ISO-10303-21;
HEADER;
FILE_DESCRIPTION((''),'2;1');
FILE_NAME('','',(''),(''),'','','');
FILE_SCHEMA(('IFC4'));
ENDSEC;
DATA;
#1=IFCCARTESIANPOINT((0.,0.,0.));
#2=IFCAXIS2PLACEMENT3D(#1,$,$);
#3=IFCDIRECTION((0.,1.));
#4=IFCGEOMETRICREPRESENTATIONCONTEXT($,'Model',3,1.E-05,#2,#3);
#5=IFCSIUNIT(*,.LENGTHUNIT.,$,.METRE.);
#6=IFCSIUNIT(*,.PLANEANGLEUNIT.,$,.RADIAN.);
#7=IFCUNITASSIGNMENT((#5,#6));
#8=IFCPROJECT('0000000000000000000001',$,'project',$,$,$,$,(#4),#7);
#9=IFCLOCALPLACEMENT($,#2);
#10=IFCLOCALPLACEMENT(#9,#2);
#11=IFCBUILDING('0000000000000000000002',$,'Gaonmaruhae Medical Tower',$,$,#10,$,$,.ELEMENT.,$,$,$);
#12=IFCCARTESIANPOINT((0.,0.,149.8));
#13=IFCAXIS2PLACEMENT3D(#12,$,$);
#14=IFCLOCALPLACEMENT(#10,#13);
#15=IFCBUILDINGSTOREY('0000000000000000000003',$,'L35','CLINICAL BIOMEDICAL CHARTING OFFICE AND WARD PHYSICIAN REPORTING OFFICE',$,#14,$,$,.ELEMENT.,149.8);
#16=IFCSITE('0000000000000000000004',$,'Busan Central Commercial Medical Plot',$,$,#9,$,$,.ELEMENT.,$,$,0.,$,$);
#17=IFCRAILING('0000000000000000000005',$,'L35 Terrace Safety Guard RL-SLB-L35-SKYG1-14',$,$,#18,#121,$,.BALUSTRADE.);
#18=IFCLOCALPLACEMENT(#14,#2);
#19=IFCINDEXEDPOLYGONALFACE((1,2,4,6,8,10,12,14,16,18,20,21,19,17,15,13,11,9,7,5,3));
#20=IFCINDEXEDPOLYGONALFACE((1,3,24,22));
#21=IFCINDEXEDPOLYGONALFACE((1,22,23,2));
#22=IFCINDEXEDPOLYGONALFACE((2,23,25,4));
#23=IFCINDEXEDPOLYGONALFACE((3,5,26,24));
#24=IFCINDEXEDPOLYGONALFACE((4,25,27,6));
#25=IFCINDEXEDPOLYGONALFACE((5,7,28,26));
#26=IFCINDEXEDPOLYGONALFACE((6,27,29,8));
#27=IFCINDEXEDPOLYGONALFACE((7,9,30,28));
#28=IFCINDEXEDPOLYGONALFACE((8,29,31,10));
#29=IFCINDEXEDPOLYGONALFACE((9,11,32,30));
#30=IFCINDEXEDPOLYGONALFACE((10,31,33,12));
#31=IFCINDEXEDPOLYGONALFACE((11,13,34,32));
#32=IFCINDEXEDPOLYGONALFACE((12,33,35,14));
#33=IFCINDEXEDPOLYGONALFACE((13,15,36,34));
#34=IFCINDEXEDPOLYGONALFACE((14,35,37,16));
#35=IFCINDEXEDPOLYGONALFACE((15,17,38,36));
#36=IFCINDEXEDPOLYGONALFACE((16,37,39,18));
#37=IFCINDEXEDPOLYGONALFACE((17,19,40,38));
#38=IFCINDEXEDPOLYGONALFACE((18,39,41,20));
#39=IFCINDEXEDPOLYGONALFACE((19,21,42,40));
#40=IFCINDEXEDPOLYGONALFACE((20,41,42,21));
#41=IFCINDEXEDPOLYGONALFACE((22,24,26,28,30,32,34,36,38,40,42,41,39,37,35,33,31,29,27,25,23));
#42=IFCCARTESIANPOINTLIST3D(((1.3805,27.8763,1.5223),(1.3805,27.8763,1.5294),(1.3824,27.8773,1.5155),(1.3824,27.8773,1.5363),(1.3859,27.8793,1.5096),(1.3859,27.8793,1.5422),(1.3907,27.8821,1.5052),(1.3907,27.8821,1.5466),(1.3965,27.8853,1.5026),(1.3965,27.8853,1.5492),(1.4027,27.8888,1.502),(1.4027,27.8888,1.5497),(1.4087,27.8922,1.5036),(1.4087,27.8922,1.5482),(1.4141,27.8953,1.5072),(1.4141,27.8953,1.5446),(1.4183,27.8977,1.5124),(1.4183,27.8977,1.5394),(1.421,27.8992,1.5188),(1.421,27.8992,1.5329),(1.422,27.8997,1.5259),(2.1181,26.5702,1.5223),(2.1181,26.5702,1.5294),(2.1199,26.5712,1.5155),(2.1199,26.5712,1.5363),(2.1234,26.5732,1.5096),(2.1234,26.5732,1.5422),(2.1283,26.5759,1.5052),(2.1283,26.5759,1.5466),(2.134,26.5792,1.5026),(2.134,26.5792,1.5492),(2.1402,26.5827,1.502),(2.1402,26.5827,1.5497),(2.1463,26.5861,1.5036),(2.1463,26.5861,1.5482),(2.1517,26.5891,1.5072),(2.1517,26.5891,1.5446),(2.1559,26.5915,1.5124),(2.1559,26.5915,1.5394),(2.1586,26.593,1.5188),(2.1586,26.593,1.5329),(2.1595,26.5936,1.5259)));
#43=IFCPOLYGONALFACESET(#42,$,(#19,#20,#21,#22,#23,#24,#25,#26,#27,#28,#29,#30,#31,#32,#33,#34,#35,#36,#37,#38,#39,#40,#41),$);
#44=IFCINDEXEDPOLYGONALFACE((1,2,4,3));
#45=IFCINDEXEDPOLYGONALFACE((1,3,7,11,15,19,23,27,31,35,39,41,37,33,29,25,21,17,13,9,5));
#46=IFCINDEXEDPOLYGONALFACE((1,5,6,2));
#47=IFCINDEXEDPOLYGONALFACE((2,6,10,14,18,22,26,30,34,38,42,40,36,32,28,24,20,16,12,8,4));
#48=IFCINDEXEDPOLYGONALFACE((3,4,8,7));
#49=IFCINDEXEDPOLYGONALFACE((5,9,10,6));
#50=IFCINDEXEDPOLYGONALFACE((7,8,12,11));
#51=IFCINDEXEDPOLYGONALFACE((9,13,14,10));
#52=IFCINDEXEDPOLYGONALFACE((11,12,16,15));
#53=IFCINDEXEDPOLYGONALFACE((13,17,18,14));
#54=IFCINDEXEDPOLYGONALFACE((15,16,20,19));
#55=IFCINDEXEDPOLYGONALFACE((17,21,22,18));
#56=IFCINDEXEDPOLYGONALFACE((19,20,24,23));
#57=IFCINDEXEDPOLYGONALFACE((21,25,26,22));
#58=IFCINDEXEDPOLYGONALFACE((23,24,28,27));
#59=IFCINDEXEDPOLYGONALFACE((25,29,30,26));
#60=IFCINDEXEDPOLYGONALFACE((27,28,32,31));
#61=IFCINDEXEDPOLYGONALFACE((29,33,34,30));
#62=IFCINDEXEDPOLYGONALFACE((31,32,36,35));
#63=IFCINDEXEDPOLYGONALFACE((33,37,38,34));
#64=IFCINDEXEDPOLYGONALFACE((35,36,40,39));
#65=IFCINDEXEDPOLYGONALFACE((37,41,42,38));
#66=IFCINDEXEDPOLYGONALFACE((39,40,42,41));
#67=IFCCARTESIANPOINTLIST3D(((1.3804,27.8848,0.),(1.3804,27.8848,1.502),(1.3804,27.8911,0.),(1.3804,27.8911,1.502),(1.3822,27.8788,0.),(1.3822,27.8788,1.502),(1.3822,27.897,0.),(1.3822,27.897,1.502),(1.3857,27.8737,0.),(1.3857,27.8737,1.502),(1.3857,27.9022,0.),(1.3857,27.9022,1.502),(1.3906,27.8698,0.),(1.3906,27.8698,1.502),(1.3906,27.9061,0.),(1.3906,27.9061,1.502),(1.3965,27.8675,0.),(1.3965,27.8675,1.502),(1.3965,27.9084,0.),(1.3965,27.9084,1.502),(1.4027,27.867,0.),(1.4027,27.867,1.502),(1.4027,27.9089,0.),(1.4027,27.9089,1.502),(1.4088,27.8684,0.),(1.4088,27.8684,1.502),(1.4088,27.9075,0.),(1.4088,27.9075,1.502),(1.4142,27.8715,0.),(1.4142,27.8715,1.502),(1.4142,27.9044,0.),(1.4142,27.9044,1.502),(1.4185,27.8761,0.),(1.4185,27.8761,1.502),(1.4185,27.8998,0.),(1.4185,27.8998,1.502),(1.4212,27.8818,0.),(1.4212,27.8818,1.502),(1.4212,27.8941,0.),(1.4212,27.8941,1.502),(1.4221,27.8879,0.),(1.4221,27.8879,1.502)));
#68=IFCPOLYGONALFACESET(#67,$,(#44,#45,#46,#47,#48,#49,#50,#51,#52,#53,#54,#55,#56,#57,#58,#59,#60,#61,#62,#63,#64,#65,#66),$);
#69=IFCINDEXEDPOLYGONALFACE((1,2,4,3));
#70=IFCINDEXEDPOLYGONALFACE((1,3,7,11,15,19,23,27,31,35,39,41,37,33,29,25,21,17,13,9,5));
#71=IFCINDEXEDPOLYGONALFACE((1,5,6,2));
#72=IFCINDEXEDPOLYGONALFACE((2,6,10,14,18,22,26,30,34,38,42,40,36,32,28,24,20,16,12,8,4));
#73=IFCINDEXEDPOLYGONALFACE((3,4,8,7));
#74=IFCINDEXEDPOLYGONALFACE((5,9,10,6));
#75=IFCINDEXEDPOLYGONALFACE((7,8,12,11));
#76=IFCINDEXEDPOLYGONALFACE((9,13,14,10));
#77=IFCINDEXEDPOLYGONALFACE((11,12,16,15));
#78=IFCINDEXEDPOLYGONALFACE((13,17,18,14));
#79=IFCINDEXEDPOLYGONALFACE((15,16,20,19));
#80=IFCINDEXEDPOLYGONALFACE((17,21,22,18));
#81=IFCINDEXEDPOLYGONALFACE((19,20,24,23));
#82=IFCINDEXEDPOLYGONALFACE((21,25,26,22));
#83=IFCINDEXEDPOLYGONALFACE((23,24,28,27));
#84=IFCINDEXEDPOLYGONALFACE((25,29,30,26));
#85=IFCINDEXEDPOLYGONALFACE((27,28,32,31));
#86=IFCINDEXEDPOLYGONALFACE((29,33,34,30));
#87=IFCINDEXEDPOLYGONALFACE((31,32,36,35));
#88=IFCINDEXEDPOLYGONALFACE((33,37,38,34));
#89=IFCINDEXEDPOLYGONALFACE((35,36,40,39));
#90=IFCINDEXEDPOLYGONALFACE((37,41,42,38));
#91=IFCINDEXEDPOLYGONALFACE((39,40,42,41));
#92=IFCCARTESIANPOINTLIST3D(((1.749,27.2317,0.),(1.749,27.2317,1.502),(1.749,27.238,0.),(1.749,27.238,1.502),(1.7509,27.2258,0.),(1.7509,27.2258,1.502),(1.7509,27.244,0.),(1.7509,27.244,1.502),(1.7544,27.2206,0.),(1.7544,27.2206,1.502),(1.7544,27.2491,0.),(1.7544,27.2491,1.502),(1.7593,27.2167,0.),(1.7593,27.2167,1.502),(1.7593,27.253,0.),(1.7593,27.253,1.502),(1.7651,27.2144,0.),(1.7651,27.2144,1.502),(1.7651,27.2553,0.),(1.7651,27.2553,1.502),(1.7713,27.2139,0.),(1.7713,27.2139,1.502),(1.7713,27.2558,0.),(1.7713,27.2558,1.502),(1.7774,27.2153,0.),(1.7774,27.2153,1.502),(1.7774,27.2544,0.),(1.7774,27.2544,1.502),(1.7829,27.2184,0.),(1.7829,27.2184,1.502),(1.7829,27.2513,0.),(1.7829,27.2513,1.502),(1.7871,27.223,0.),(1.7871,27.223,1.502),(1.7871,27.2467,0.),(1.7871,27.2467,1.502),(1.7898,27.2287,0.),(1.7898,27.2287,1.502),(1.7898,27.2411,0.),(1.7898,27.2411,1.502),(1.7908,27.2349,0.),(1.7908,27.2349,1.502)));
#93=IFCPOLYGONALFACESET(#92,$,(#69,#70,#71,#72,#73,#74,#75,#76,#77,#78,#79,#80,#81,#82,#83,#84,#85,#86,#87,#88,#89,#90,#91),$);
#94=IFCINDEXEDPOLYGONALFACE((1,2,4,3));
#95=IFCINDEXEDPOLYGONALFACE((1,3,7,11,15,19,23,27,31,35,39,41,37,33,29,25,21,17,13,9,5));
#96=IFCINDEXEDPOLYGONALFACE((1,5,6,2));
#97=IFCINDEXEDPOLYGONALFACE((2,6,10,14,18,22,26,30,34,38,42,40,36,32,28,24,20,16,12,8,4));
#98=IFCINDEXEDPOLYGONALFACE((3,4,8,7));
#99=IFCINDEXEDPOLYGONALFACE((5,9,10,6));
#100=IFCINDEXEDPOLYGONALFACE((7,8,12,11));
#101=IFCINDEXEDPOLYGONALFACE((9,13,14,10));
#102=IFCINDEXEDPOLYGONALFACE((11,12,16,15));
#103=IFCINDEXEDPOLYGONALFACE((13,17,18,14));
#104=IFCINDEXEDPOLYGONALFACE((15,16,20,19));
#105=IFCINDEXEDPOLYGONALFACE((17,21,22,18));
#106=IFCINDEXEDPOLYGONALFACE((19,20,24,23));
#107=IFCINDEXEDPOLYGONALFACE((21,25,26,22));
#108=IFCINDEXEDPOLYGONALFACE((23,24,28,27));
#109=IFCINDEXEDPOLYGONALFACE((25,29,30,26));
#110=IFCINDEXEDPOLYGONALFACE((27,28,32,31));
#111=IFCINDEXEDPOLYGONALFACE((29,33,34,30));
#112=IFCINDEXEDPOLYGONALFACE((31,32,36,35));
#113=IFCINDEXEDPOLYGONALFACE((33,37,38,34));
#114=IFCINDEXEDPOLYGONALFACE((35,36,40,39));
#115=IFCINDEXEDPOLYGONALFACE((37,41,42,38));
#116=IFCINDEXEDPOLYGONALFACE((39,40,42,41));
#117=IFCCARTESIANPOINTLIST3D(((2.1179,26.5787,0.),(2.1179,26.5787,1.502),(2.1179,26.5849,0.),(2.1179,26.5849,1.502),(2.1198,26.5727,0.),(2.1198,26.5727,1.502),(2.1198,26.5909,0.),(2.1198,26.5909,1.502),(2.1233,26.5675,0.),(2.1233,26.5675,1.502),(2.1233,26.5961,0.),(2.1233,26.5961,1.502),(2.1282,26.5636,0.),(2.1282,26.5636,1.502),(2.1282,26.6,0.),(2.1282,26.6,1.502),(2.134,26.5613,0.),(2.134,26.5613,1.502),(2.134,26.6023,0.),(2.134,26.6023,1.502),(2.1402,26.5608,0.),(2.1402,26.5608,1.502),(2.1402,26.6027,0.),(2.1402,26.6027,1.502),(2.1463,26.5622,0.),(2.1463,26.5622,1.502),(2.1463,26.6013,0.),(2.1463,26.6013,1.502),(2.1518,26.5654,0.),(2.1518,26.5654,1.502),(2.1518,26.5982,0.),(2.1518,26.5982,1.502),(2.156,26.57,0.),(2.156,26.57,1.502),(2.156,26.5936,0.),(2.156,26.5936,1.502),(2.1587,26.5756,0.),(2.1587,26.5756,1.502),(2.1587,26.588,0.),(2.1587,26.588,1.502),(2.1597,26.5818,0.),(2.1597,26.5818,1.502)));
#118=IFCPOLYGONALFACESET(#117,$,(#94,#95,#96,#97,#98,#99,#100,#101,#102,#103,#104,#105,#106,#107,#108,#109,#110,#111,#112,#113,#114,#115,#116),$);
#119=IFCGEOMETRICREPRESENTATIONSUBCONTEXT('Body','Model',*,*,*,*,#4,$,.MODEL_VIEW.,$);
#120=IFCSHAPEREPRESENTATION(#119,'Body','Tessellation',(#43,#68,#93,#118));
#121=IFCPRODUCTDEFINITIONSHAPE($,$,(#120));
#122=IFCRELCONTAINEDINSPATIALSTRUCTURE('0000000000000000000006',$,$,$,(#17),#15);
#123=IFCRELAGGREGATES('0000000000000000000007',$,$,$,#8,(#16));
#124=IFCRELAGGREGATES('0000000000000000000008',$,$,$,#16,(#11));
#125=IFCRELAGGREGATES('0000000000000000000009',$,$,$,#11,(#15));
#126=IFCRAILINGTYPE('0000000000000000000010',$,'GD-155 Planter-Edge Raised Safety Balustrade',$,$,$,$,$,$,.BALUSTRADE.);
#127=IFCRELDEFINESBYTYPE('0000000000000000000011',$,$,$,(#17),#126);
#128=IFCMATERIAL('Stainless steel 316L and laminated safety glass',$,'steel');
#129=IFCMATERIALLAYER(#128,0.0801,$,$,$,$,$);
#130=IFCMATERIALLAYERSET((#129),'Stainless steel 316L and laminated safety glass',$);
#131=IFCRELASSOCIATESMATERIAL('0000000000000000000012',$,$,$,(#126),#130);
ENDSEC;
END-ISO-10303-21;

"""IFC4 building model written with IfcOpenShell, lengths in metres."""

from ifc_helpers import new_model, si_unit, direction, frame, origin, origin_2d, place, context, subcontext, project, spatial, circle, extrude, material, layer, layer_set, type_object, element, save


model = new_model("IFC4")

# Units and contexts
model_context = context("Model", 3, precision=1e-05, world=origin(), true_north=direction((0.0, 1.0)))
body_context = subcontext(model_context, "Body", "Model", "MODEL_VIEW")
ifc_project = project(units=[si_unit("LENGTHUNIT", "METRE"), si_unit("PLANEANGLEUNIT", "RADIAN")], contexts=[model_context])

# Site, building, storey
site_placement = place(None, origin())
site = spatial("IfcSite", under=ifc_project, at=site_placement, Name="Busan Central Commercial Medical Plot", CompositionType="ELEMENT", RefElevation=0.0)
building_placement = place(site_placement, origin())
building = spatial("IfcBuilding", under=site, at=building_placement, Name="Gaonmaruhae Medical Tower", CompositionType="ELEMENT")
storey_placement = place(building_placement, frame((0.0, 0.0, 149.8)))
storey = spatial("IfcBuildingStorey", under=building, at=storey_placement, Name="L35", Description="CLINICAL BIOMEDICAL CHARTING OFFICE AND WARD PHYSICIAN REPORTING OFFICE", CompositionType="ELEMENT", Elevation=149.8)

# Railing
ifc_material_1 = material(Name="Stainless steel 316L and laminated safety glass", Category="steel")
ifc_layer_1 = layer(ifc_material_1, 0.0801)
ifc_layer_set_1 = layer_set([ifc_layer_1], Name="Stainless steel 316L and laminated safety glass")
railing_type = type_object("IfcRailingType", Name="GD-155 Planter-Edge Raised Safety Balustrade", PredefinedType="BALUSTRADE", material=ifc_layer_set_1)
railing_1_placement = place(storey_placement, frame((1.4011, 27.8879, 0.0)))
element("IfcRailing", 1, at=railing_1_placement, inside=storey, type_object=railing_type, Name="L35 Terrace Safety Guard RL-SLB-L35-SKYG1-14", PredefinedType="BALUSTRADE", context=body_context, shape_type="SweptSolid", body=[
    extrude(circle(Radius=0.0239, at=origin_2d()), frame((0.0, 0.0, 1.5259), z_axis=(0.491698, -0.870766, 0.0), x_axis=(0.870766, 0.491698, 0.0)), (0.0, 0.0, 1.0), 1.5),
    extrude(circle(Radius=0.021, at=origin_2d()), origin(), (0.0, 0.0, 1.0), 1.502),
    extrude(circle(Radius=0.021, at=origin_2d()), frame((0.3687, -0.6531, 0.0)), (0.0, 0.0, 1.0), 1.502),
    extrude(circle(Radius=0.021, at=origin_2d()), frame((0.7375, -1.3062, 0.0)), (0.0, 0.0, 1.0), 1.502),
])

save(model, "model.ifc")
